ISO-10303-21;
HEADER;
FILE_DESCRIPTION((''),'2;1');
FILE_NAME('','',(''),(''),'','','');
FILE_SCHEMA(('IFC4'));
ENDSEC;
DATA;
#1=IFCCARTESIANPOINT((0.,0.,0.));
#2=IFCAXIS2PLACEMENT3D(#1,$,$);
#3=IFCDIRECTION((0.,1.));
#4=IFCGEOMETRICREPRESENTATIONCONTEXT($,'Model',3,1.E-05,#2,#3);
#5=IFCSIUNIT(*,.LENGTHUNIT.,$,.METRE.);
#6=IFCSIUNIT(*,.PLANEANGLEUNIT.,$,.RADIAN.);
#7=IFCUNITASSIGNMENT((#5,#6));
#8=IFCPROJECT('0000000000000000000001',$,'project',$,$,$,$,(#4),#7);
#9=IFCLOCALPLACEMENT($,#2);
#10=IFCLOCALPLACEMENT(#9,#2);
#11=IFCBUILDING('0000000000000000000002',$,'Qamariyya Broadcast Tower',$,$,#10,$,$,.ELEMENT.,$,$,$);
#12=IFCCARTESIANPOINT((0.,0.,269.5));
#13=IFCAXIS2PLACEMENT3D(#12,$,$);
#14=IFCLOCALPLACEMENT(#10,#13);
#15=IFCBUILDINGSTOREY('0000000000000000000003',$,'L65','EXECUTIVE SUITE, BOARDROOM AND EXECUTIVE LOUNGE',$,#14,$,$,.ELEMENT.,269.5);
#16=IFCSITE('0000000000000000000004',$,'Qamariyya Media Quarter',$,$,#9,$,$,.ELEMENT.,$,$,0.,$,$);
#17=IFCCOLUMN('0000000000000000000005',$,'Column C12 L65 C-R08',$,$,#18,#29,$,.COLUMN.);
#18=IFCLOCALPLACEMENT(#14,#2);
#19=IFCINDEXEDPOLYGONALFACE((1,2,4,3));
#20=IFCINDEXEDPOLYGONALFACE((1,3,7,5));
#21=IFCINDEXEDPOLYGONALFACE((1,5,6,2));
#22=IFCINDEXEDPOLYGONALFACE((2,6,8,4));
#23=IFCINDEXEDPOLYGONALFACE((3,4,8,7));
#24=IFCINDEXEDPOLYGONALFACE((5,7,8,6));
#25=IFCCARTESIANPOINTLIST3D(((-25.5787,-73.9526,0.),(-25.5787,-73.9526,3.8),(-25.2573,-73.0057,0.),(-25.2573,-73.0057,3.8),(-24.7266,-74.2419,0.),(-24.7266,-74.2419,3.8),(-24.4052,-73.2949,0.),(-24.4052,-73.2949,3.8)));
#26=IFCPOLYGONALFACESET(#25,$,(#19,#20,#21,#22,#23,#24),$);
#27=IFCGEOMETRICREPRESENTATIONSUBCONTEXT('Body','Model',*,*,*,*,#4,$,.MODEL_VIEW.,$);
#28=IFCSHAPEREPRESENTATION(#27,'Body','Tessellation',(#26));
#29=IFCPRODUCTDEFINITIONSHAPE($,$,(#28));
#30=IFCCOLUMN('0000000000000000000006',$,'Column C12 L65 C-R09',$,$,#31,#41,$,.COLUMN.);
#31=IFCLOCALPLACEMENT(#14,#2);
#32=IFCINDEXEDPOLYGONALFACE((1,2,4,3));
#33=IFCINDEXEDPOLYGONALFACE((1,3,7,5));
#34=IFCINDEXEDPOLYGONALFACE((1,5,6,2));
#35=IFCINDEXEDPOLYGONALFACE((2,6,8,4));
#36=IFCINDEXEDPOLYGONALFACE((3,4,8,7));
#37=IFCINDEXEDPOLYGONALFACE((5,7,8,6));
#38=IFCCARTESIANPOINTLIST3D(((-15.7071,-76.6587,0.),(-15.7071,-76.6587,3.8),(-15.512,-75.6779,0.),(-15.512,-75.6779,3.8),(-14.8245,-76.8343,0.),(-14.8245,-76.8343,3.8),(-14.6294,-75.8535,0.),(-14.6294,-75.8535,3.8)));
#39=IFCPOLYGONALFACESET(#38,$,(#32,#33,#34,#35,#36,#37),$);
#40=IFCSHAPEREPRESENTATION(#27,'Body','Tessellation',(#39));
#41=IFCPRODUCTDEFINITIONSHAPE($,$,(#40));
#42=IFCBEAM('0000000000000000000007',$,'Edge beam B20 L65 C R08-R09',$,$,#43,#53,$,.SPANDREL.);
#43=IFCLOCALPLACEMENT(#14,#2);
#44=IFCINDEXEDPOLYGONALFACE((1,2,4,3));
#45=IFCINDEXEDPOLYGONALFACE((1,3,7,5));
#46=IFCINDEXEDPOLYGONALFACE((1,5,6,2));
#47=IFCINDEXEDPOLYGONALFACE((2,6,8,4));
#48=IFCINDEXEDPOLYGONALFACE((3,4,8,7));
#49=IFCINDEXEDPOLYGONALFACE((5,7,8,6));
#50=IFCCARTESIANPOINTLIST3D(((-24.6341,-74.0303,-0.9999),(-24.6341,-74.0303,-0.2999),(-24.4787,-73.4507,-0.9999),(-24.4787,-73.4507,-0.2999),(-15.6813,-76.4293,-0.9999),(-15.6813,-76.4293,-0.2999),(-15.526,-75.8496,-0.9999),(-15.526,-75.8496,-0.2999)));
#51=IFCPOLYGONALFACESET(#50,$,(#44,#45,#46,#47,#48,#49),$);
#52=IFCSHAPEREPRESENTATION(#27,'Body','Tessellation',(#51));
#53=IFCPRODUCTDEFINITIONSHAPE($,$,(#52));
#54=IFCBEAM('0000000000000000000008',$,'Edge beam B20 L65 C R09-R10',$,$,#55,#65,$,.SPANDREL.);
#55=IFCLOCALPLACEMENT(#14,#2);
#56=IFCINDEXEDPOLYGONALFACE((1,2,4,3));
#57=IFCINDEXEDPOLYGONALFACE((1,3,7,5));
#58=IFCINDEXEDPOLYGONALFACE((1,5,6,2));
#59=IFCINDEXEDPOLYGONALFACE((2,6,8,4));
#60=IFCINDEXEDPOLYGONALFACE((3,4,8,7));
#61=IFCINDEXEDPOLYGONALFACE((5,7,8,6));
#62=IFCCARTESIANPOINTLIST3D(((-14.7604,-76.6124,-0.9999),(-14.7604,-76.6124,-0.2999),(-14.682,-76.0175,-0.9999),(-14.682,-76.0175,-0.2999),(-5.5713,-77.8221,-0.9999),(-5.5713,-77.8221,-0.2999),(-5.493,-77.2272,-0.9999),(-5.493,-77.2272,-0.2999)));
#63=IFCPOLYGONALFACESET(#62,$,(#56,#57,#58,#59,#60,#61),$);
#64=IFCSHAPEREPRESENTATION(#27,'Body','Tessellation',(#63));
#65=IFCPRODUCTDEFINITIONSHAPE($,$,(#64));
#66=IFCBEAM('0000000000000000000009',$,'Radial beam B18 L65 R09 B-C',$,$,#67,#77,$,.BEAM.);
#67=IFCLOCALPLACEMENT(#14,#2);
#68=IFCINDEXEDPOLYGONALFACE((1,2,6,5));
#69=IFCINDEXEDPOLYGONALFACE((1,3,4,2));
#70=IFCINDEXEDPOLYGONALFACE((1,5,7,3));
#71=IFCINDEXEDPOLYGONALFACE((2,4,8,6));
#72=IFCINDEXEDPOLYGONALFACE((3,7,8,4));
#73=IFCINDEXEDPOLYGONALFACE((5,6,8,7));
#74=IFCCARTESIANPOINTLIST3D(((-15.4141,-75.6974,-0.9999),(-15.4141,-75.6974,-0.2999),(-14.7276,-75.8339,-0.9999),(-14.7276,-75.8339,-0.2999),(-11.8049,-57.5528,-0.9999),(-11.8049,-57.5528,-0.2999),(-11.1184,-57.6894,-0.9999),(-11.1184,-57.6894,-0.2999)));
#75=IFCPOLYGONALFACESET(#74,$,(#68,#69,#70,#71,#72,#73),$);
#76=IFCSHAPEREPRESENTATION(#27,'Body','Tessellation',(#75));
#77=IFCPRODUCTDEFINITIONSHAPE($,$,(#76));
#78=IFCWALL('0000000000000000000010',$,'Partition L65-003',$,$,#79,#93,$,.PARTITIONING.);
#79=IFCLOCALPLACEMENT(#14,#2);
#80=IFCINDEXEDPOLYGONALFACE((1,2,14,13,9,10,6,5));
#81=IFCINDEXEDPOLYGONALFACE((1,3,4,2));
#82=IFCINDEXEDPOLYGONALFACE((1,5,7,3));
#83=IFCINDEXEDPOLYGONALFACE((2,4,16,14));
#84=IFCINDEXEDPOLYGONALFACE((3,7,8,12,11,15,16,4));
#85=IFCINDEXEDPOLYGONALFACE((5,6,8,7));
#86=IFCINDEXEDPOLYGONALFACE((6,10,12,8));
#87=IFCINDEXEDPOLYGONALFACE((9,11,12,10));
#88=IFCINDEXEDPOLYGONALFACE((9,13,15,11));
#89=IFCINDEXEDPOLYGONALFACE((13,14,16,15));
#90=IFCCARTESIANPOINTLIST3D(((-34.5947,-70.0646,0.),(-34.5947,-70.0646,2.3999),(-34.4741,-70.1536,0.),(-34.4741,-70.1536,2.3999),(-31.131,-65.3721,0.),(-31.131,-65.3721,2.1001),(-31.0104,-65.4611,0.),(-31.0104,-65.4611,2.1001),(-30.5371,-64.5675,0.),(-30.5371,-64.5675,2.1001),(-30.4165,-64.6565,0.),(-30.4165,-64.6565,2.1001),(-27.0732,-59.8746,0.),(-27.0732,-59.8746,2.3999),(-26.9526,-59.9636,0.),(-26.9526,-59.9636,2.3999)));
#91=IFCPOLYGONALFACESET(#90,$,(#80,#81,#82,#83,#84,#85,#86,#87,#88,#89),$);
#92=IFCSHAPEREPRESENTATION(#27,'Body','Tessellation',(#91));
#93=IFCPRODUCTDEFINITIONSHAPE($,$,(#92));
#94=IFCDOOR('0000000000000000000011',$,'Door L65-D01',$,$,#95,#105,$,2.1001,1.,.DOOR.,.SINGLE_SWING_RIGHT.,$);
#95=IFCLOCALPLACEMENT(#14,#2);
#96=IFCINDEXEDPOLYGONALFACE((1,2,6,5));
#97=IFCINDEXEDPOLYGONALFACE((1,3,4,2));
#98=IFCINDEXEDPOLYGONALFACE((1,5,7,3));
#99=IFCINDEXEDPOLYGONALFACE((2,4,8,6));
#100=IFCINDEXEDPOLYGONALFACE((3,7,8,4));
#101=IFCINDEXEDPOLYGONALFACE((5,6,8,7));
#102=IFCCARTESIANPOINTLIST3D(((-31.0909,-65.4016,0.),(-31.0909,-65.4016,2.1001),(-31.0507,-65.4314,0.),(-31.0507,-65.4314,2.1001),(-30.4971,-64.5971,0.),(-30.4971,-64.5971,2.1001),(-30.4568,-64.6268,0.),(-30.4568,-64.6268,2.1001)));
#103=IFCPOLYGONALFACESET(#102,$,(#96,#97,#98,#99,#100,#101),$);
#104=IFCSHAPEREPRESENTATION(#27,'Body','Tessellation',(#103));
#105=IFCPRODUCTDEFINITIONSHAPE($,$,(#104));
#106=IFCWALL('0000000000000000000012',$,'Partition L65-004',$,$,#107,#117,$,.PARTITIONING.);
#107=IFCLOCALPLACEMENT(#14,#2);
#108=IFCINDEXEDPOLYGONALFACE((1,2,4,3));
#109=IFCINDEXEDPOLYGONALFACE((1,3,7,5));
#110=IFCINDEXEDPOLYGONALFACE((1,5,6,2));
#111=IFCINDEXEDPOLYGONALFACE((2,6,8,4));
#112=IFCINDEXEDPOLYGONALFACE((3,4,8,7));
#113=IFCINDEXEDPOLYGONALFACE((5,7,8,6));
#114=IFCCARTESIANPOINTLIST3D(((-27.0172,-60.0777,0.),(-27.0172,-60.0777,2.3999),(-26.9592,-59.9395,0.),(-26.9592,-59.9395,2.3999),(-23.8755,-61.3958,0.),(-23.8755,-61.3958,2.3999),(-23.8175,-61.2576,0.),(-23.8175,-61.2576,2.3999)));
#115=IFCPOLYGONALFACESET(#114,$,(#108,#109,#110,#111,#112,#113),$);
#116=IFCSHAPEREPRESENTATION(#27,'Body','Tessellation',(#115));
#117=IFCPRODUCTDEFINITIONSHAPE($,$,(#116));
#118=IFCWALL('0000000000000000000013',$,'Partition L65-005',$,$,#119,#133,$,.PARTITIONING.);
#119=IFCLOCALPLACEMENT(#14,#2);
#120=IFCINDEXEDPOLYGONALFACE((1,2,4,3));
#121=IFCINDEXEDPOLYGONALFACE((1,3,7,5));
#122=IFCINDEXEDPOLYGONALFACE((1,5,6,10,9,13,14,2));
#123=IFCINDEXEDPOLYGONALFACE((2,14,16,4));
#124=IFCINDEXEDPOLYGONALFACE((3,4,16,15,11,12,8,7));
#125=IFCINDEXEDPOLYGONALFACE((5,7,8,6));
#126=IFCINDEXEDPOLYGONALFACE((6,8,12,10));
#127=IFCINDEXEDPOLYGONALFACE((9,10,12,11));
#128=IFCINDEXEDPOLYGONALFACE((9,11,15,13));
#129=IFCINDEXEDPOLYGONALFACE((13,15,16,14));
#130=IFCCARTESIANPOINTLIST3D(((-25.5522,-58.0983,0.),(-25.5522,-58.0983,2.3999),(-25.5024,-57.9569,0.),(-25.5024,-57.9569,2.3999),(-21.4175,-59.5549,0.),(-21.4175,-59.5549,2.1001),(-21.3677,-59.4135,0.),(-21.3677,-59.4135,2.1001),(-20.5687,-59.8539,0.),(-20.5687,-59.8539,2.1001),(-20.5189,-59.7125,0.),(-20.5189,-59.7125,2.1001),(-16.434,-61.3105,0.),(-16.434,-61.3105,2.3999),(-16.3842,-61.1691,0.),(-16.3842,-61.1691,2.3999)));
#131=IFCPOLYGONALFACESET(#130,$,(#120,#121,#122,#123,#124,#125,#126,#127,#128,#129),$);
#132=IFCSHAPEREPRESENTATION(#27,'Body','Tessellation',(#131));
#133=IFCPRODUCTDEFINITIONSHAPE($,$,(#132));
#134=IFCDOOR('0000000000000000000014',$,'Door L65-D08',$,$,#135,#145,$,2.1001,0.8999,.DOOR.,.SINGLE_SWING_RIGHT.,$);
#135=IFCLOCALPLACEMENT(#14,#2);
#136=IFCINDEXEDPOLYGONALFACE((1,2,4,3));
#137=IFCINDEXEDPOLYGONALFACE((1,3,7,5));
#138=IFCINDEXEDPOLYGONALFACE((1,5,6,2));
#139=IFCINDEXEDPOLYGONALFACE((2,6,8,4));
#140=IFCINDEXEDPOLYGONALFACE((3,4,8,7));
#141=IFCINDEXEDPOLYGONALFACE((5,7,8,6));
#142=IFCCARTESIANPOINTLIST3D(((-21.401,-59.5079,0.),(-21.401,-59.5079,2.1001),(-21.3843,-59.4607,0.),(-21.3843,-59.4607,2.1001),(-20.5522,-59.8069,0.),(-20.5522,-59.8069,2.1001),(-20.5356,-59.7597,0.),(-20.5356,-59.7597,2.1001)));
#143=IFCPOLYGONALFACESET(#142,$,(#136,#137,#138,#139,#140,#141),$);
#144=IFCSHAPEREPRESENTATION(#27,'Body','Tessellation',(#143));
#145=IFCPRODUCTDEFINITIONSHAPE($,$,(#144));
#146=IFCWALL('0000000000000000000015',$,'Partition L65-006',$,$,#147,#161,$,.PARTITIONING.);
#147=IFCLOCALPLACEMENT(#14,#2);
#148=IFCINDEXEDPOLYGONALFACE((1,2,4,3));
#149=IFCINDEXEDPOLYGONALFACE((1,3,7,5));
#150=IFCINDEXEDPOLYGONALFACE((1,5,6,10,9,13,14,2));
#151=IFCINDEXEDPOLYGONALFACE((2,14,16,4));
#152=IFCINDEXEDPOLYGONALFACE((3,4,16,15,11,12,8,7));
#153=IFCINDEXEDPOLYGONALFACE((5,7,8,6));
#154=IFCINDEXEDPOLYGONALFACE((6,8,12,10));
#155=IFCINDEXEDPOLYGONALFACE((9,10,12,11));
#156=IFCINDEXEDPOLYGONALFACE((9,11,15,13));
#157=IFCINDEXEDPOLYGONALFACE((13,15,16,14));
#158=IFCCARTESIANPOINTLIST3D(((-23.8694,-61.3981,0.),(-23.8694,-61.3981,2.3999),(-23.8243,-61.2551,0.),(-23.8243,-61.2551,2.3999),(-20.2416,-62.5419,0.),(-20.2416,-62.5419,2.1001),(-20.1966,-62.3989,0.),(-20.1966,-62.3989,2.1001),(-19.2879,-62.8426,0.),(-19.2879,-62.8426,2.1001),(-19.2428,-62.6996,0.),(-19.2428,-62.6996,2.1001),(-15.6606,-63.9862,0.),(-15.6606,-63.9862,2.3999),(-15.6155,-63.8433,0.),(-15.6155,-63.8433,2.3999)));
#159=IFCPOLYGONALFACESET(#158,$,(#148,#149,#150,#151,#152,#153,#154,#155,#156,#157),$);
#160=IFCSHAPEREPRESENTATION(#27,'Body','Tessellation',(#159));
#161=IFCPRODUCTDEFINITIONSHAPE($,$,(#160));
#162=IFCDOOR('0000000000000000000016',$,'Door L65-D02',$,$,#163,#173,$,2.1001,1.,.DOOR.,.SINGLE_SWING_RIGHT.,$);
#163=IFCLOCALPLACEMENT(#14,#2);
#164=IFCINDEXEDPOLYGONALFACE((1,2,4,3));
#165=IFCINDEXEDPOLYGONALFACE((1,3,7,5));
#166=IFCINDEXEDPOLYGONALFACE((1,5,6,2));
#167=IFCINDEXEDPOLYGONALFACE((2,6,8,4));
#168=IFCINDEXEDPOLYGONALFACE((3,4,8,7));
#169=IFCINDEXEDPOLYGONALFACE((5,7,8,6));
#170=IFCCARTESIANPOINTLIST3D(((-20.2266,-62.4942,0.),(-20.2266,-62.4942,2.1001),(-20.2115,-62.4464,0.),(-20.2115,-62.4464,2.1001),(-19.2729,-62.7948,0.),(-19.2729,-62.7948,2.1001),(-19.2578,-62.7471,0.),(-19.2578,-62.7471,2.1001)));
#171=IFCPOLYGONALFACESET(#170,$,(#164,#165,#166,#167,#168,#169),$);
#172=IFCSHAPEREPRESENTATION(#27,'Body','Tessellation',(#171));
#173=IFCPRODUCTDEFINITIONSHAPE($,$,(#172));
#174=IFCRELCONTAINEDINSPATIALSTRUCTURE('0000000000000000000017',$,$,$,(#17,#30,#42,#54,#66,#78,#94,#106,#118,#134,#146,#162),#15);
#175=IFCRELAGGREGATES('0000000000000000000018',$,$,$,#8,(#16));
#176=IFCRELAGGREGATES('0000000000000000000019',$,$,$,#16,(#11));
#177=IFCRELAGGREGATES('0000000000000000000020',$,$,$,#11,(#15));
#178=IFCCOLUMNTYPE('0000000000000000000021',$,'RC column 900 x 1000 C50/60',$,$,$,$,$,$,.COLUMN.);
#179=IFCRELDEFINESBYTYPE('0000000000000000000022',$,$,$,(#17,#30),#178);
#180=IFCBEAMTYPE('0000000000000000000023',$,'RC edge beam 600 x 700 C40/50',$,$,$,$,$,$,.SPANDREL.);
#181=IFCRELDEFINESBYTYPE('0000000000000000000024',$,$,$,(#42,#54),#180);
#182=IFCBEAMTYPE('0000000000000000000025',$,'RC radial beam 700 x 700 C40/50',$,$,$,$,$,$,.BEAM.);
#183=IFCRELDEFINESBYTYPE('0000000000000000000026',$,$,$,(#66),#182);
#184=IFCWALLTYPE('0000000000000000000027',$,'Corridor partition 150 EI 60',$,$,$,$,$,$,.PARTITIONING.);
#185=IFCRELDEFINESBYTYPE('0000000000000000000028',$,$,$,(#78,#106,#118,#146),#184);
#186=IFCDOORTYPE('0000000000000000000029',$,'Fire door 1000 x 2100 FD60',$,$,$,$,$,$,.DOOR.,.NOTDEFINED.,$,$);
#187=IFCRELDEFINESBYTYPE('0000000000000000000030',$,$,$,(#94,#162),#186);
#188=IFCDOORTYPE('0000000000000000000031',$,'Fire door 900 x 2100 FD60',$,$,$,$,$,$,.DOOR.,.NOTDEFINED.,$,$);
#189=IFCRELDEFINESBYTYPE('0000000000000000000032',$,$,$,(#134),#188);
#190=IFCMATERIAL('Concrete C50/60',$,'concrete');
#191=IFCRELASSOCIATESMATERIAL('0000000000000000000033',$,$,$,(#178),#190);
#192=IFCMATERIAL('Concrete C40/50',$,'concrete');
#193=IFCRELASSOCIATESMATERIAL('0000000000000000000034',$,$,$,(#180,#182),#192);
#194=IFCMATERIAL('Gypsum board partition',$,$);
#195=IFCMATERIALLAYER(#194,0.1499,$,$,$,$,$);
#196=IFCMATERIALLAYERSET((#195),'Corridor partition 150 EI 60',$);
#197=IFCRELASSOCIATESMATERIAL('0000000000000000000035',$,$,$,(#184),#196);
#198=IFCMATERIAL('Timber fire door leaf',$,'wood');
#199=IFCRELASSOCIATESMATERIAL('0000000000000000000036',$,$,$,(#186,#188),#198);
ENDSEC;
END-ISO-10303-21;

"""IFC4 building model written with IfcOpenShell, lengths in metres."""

from ifc_helpers import new_model, si_unit, direction, frame, frame_2d, origin, origin_2d, place, context, subcontext, project, spatial, rectangle, extrude, material, layer, layer_set, material_profile, profile_set, type_object, element, fill, save


model = new_model("IFC4")

# Units and contexts
model_context = context("Model", 3, precision=1e-05, world=origin(), true_north=direction((0.0, 1.0)))
body_context = subcontext(model_context, "Body", "Model", "MODEL_VIEW")
ifc_project = project(units=[si_unit("LENGTHUNIT", "METRE"), si_unit("PLANEANGLEUNIT", "RADIAN")], contexts=[model_context])

# Site, building, storey
site_placement = place(None, origin())
site = spatial("IfcSite", under=ifc_project, at=site_placement, Name="Qamariyya Media Quarter", CompositionType="ELEMENT", RefElevation=0.0)
building_placement = place(site_placement, origin())
building = spatial("IfcBuilding", under=site, at=building_placement, Name="Qamariyya Broadcast Tower", CompositionType="ELEMENT")
storey_placement = place(building_placement, frame((0.0, 0.0, 269.5)))
storey = spatial("IfcBuildingStorey", under=building, at=storey_placement, Name="L65", Description="EXECUTIVE SUITE, BOARDROOM AND EXECUTIVE LOUNGE", CompositionType="ELEMENT", Elevation=269.5)

# Columns
ifc_material_1 = material(Name="Concrete C50/60", Category="concrete")
ifc_material_profile_1 = material_profile(ifc_material_1, rectangle(XDim=0.8999, YDim=1.0, at=origin_2d()))
ifc_profile_set_1 = profile_set([ifc_material_profile_1], Name="Concrete C50/60")
column_type = type_object("IfcColumnType", Name="RC column 900 x 1000 C50/60", PredefinedType="COLUMN", material=ifc_profile_set_1)
for number, where, z_axis, x_axis, name in (
    (1, (-24.9919, -73.6238, 0.0), (0.0, 0.0, 1.0), (0.94693, -0.321439, 0.0), "Column C12 L65 C-R08"),
    (2, (-15.1682, -76.2561, 0.0), (0.0, 0.0, 1.0), (0.980785, -0.19509, 0.0), "Column C12 L65 C-R09"),
):
    element("IfcColumn", number, at=place(storey_placement, frame(where, z_axis=z_axis, x_axis=x_axis)), inside=storey, type_object=column_type, Name=name, PredefinedType="COLUMN", context=body_context, shape_type="SweptSolid", body=[
        extrude(rectangle(XDim=0.8999, YDim=1.0, at=origin_2d()), origin(), (0.0, 0.0, 1.0), 3.8),
    ])

# Beams
ifc_material_2 = material(Name="Concrete C40/50", Category="concrete")
ifc_material_profile_2 = material_profile(ifc_material_2, rectangle(XDim=0.6001, YDim=0.7, at=origin_2d()))
ifc_profile_set_2 = profile_set([ifc_material_profile_2], Name="Concrete C40/50")
beam_type_1 = type_object("IfcBeamType", Name="RC edge beam 600 x 700 C40/50", PredefinedType="SPANDREL", material=ifc_profile_set_2)
beam_1_placement = place(storey_placement, frame((-24.5564, -73.7405, -0.6499), z_axis=(0.965924, -0.258826, 0.0), x_axis=(0.258826, 0.965924, 0.0)))
element("IfcBeam", 3, at=beam_1_placement, inside=storey, type_object=beam_type_1, Name="Edge beam B20 L65 C R08-R09", PredefinedType="SPANDREL", context=body_context, shape_type="SweptSolid", body=[
    extrude(rectangle(XDim=0.6001, YDim=0.7, at=origin_2d()), origin(), (0.0, 0.0, 1.0), 9.2686),
])
beam_2_placement = place(storey_placement, frame((-14.7212, -76.3149, -0.6499), z_axis=(0.991445, -0.130523, 0.0), x_axis=(0.130523, 0.991445, 0.0)))
element("IfcBeam", 4, at=beam_2_placement, inside=storey, type_object=beam_type_1, Name="Edge beam B20 L65 C R09-R10", PredefinedType="SPANDREL", context=body_context, shape_type="SweptSolid", body=[
    extrude(rectangle(XDim=0.6001, YDim=0.7, at=origin_2d()), origin(), (0.0, 0.0, 1.0), 9.2683),
])
ifc_material_profile_3 = material_profile(ifc_material_2, rectangle(XDim=0.7, YDim=0.7, at=origin_2d()))
ifc_profile_set_3 = profile_set([ifc_material_profile_3], Name="Concrete C40/50")
beam_type_2 = type_object("IfcBeamType", Name="RC radial beam 700 x 700 C40/50", PredefinedType="BEAM", material=ifc_profile_set_3)
beam_3_placement = place(storey_placement, frame((-11.4617, -57.6211, -0.6499), z_axis=(-0.195088, -0.980786, 0.0), x_axis=(0.980786, -0.195088, 0.0)))
element("IfcBeam", 5, at=beam_3_placement, inside=storey, type_object=beam_type_2, Name="Radial beam B18 L65 R09 B-C", PredefinedType="BEAM", context=body_context, shape_type="SweptSolid", body=[
    extrude(rectangle(XDim=0.7, YDim=0.7, at=origin_2d()), origin(), (0.0, 0.0, 1.0), 18.5),
])

# Wall, opening, door
ifc_material_3 = material(Name="Gypsum board partition")
ifc_layer_1 = layer(ifc_material_3, 0.1499)
ifc_layer_set_1 = layer_set([ifc_layer_1], Name="Corridor partition 150 EI 60")
wall_type_1 = type_object("IfcWallType", Name="Corridor partition 150 EI 60", PredefinedType="PARTITIONING", material=ifc_layer_set_1)
wall_1_placement = place(storey_placement, frame((-27.0129, -59.9192, 0.0), z_axis=(0.0, 0.0, 1.0), x_axis=(-0.59387, -0.804561, 0.0)))
wall_1 = element("IfcWall", 6, at=wall_1_placement, inside=storey, type_object=wall_type_1, Name="Partition L65-003", PredefinedType="PARTITIONING", context=body_context, shape_type="SweptSolid", body=[
    extrude(rectangle(XDim=12.6653, YDim=0.1499, at=frame_2d((6.3325, 0.0))), origin(), (0.0, 0.0, 1.0), 2.3999),
])
opening_1_placement = place(wall_1_placement, frame((5.8328, 0.0, 0.0)))
opening_1 = element("IfcOpeningElement", 7, at=opening_1_placement, cuts=wall_1, PredefinedType="OPENING", context=body_context, shape_type="SweptSolid", body=[
    extrude(rectangle(XDim=1.0, YDim=2.1001, at=frame_2d((0.5, 1.05))), frame((0.0, 0.085, 0.0), z_axis=(0.0, -1.0, 0.0), x_axis=(1.0, 0.0, 0.0)), (0.0, 0.0, 1.0), 0.1699),
])
ifc_material_4 = material(Name="Timber fire door leaf", Category="wood")
door_type_1 = type_object("IfcDoorType", Name="Fire door 1000 x 2100 FD60", OperationType="NOTDEFINED", PredefinedType="DOOR", material=ifc_material_4)
door_1_placement = place(opening_1_placement, origin())
door_1 = element("IfcDoor", 8, at=door_1_placement, inside=storey, type_object=door_type_1, Name="Door L65-D01", OperationType="SINGLE_SWING_RIGHT", OverallHeight=2.1001, OverallWidth=1.0, PredefinedType="DOOR", context=body_context, shape_type="SweptSolid", body=[
    extrude(rectangle(XDim=1.0, YDim=2.1001, at=frame_2d((0.5, 1.05))), frame((0.0, 0.0249, 0.0), z_axis=(0.0, -1.0, 0.0), x_axis=(1.0, 0.0, 0.0)), (0.0, 0.0, 1.0), 0.05),
])
fill(opening_1, door_1)

# Wall
wall_2_placement = place(storey_placement, frame((-26.9883, -60.0085, 0.0), z_axis=(0.0, 0.0, 1.0), x_axis=(0.922124, -0.386894, 0.0)))
element("IfcWall", 9, at=wall_2_placement, inside=storey, type_object=wall_type_1, Name="Partition L65-004", PredefinedType="PARTITIONING", context=body_context, shape_type="SweptSolid", body=[
    extrude(rectangle(XDim=3.407, YDim=0.1499, at=frame_2d((1.7036, 0.0))), origin(), (0.0, 0.0, 1.0), 2.3999),
])

# Walls, openings, doors
wall_3_placement = place(storey_placement, frame((-25.5273, -58.0276, 0.0), z_axis=(0.0, 0.0, 1.0), x_axis=(0.943186, -0.332267, 0.0)))
wall_3 = element("IfcWall", 10, at=wall_3_placement, inside=storey, type_object=wall_type_1, Name="Partition L65-005", PredefinedType="PARTITIONING", context=body_context, shape_type="SweptSolid", body=[
    extrude(rectangle(XDim=9.6675, YDim=0.1499, at=frame_2d((4.8337, 0.0))), origin(), (0.0, 0.0, 1.0), 2.3999),
])
opening_2_placement = place(wall_3_placement, frame((4.3838, 0.0, 0.0)))
opening_2 = element("IfcOpeningElement", 11, at=opening_2_placement, cuts=wall_3, PredefinedType="OPENING", context=body_context, shape_type="SweptSolid", body=[
    extrude(rectangle(XDim=0.8999, YDim=2.1001, at=frame_2d((0.45, 1.05))), frame((0.0, 0.085, 0.0), z_axis=(0.0, -1.0, 0.0), x_axis=(1.0, 0.0, 0.0)), (0.0, 0.0, 1.0), 0.1699),
])
door_type_2 = type_object("IfcDoorType", Name="Fire door 900 x 2100 FD60", OperationType="NOTDEFINED", PredefinedType="DOOR", material=ifc_material_4)
door_2_placement = place(opening_2_placement, origin())
door_2 = element("IfcDoor", 12, at=door_2_placement, inside=storey, type_object=door_type_2, Name="Door L65-D08", OperationType="SINGLE_SWING_RIGHT", OverallHeight=2.1001, OverallWidth=0.8999, PredefinedType="DOOR", context=body_context, shape_type="SweptSolid", body=[
    extrude(rectangle(XDim=0.8999, YDim=2.1001, at=frame_2d((0.45, 1.05))), frame((0.0, 0.0249, 0.0), z_axis=(0.0, -1.0, 0.0), x_axis=(1.0, 0.0, 0.0)), (0.0, 0.0, 1.0), 0.05),
])
fill(opening_2, door_2)
wall_4_placement = place(storey_placement, frame((-15.6379, -63.9148, 0.0), z_axis=(0.0, 0.0, 1.0), x_axis=(-0.953719, 0.300698, 0.0)))
wall_4 = element("IfcWall", 13, at=wall_4_placement, inside=storey, type_object=wall_type_1, Name="Partition L65-006", PredefinedType="PARTITIONING", context=body_context, shape_type="SweptSolid", body=[
    extrude(rectangle(XDim=8.6072, YDim=0.1499, at=frame_2d((4.3037, 0.0))), origin(), (0.0, 0.0, 1.0), 2.3999),
])
opening_3_placement = place(wall_4_placement, frame((3.8035, 0.0, 0.0)))
opening_3 = element("IfcOpeningElement", 14, at=opening_3_placement, cuts=wall_4, PredefinedType="OPENING", context=body_context, shape_type="SweptSolid", body=[
    extrude(rectangle(XDim=1.0, YDim=2.1001, at=frame_2d((0.5, 1.05))), frame((0.0, 0.085, 0.0), z_axis=(0.0, -1.0, 0.0), x_axis=(1.0, 0.0, 0.0)), (0.0, 0.0, 1.0), 0.1699),
])
door_3_placement = place(opening_3_placement, origin())
door_3 = element("IfcDoor", 15, at=door_3_placement, inside=storey, type_object=door_type_1, Name="Door L65-D02", OperationType="SINGLE_SWING_RIGHT", OverallHeight=2.1001, OverallWidth=1.0, PredefinedType="DOOR", context=body_context, shape_type="SweptSolid", body=[
    extrude(rectangle(XDim=1.0, YDim=2.1001, at=frame_2d((0.5, 1.05))), frame((0.0, 0.0249, 0.0), z_axis=(0.0, -1.0, 0.0), x_axis=(1.0, 0.0, 0.0)), (0.0, 0.0, 1.0), 0.05),
])
fill(opening_3, door_3)

save(model, "model.ifc")
